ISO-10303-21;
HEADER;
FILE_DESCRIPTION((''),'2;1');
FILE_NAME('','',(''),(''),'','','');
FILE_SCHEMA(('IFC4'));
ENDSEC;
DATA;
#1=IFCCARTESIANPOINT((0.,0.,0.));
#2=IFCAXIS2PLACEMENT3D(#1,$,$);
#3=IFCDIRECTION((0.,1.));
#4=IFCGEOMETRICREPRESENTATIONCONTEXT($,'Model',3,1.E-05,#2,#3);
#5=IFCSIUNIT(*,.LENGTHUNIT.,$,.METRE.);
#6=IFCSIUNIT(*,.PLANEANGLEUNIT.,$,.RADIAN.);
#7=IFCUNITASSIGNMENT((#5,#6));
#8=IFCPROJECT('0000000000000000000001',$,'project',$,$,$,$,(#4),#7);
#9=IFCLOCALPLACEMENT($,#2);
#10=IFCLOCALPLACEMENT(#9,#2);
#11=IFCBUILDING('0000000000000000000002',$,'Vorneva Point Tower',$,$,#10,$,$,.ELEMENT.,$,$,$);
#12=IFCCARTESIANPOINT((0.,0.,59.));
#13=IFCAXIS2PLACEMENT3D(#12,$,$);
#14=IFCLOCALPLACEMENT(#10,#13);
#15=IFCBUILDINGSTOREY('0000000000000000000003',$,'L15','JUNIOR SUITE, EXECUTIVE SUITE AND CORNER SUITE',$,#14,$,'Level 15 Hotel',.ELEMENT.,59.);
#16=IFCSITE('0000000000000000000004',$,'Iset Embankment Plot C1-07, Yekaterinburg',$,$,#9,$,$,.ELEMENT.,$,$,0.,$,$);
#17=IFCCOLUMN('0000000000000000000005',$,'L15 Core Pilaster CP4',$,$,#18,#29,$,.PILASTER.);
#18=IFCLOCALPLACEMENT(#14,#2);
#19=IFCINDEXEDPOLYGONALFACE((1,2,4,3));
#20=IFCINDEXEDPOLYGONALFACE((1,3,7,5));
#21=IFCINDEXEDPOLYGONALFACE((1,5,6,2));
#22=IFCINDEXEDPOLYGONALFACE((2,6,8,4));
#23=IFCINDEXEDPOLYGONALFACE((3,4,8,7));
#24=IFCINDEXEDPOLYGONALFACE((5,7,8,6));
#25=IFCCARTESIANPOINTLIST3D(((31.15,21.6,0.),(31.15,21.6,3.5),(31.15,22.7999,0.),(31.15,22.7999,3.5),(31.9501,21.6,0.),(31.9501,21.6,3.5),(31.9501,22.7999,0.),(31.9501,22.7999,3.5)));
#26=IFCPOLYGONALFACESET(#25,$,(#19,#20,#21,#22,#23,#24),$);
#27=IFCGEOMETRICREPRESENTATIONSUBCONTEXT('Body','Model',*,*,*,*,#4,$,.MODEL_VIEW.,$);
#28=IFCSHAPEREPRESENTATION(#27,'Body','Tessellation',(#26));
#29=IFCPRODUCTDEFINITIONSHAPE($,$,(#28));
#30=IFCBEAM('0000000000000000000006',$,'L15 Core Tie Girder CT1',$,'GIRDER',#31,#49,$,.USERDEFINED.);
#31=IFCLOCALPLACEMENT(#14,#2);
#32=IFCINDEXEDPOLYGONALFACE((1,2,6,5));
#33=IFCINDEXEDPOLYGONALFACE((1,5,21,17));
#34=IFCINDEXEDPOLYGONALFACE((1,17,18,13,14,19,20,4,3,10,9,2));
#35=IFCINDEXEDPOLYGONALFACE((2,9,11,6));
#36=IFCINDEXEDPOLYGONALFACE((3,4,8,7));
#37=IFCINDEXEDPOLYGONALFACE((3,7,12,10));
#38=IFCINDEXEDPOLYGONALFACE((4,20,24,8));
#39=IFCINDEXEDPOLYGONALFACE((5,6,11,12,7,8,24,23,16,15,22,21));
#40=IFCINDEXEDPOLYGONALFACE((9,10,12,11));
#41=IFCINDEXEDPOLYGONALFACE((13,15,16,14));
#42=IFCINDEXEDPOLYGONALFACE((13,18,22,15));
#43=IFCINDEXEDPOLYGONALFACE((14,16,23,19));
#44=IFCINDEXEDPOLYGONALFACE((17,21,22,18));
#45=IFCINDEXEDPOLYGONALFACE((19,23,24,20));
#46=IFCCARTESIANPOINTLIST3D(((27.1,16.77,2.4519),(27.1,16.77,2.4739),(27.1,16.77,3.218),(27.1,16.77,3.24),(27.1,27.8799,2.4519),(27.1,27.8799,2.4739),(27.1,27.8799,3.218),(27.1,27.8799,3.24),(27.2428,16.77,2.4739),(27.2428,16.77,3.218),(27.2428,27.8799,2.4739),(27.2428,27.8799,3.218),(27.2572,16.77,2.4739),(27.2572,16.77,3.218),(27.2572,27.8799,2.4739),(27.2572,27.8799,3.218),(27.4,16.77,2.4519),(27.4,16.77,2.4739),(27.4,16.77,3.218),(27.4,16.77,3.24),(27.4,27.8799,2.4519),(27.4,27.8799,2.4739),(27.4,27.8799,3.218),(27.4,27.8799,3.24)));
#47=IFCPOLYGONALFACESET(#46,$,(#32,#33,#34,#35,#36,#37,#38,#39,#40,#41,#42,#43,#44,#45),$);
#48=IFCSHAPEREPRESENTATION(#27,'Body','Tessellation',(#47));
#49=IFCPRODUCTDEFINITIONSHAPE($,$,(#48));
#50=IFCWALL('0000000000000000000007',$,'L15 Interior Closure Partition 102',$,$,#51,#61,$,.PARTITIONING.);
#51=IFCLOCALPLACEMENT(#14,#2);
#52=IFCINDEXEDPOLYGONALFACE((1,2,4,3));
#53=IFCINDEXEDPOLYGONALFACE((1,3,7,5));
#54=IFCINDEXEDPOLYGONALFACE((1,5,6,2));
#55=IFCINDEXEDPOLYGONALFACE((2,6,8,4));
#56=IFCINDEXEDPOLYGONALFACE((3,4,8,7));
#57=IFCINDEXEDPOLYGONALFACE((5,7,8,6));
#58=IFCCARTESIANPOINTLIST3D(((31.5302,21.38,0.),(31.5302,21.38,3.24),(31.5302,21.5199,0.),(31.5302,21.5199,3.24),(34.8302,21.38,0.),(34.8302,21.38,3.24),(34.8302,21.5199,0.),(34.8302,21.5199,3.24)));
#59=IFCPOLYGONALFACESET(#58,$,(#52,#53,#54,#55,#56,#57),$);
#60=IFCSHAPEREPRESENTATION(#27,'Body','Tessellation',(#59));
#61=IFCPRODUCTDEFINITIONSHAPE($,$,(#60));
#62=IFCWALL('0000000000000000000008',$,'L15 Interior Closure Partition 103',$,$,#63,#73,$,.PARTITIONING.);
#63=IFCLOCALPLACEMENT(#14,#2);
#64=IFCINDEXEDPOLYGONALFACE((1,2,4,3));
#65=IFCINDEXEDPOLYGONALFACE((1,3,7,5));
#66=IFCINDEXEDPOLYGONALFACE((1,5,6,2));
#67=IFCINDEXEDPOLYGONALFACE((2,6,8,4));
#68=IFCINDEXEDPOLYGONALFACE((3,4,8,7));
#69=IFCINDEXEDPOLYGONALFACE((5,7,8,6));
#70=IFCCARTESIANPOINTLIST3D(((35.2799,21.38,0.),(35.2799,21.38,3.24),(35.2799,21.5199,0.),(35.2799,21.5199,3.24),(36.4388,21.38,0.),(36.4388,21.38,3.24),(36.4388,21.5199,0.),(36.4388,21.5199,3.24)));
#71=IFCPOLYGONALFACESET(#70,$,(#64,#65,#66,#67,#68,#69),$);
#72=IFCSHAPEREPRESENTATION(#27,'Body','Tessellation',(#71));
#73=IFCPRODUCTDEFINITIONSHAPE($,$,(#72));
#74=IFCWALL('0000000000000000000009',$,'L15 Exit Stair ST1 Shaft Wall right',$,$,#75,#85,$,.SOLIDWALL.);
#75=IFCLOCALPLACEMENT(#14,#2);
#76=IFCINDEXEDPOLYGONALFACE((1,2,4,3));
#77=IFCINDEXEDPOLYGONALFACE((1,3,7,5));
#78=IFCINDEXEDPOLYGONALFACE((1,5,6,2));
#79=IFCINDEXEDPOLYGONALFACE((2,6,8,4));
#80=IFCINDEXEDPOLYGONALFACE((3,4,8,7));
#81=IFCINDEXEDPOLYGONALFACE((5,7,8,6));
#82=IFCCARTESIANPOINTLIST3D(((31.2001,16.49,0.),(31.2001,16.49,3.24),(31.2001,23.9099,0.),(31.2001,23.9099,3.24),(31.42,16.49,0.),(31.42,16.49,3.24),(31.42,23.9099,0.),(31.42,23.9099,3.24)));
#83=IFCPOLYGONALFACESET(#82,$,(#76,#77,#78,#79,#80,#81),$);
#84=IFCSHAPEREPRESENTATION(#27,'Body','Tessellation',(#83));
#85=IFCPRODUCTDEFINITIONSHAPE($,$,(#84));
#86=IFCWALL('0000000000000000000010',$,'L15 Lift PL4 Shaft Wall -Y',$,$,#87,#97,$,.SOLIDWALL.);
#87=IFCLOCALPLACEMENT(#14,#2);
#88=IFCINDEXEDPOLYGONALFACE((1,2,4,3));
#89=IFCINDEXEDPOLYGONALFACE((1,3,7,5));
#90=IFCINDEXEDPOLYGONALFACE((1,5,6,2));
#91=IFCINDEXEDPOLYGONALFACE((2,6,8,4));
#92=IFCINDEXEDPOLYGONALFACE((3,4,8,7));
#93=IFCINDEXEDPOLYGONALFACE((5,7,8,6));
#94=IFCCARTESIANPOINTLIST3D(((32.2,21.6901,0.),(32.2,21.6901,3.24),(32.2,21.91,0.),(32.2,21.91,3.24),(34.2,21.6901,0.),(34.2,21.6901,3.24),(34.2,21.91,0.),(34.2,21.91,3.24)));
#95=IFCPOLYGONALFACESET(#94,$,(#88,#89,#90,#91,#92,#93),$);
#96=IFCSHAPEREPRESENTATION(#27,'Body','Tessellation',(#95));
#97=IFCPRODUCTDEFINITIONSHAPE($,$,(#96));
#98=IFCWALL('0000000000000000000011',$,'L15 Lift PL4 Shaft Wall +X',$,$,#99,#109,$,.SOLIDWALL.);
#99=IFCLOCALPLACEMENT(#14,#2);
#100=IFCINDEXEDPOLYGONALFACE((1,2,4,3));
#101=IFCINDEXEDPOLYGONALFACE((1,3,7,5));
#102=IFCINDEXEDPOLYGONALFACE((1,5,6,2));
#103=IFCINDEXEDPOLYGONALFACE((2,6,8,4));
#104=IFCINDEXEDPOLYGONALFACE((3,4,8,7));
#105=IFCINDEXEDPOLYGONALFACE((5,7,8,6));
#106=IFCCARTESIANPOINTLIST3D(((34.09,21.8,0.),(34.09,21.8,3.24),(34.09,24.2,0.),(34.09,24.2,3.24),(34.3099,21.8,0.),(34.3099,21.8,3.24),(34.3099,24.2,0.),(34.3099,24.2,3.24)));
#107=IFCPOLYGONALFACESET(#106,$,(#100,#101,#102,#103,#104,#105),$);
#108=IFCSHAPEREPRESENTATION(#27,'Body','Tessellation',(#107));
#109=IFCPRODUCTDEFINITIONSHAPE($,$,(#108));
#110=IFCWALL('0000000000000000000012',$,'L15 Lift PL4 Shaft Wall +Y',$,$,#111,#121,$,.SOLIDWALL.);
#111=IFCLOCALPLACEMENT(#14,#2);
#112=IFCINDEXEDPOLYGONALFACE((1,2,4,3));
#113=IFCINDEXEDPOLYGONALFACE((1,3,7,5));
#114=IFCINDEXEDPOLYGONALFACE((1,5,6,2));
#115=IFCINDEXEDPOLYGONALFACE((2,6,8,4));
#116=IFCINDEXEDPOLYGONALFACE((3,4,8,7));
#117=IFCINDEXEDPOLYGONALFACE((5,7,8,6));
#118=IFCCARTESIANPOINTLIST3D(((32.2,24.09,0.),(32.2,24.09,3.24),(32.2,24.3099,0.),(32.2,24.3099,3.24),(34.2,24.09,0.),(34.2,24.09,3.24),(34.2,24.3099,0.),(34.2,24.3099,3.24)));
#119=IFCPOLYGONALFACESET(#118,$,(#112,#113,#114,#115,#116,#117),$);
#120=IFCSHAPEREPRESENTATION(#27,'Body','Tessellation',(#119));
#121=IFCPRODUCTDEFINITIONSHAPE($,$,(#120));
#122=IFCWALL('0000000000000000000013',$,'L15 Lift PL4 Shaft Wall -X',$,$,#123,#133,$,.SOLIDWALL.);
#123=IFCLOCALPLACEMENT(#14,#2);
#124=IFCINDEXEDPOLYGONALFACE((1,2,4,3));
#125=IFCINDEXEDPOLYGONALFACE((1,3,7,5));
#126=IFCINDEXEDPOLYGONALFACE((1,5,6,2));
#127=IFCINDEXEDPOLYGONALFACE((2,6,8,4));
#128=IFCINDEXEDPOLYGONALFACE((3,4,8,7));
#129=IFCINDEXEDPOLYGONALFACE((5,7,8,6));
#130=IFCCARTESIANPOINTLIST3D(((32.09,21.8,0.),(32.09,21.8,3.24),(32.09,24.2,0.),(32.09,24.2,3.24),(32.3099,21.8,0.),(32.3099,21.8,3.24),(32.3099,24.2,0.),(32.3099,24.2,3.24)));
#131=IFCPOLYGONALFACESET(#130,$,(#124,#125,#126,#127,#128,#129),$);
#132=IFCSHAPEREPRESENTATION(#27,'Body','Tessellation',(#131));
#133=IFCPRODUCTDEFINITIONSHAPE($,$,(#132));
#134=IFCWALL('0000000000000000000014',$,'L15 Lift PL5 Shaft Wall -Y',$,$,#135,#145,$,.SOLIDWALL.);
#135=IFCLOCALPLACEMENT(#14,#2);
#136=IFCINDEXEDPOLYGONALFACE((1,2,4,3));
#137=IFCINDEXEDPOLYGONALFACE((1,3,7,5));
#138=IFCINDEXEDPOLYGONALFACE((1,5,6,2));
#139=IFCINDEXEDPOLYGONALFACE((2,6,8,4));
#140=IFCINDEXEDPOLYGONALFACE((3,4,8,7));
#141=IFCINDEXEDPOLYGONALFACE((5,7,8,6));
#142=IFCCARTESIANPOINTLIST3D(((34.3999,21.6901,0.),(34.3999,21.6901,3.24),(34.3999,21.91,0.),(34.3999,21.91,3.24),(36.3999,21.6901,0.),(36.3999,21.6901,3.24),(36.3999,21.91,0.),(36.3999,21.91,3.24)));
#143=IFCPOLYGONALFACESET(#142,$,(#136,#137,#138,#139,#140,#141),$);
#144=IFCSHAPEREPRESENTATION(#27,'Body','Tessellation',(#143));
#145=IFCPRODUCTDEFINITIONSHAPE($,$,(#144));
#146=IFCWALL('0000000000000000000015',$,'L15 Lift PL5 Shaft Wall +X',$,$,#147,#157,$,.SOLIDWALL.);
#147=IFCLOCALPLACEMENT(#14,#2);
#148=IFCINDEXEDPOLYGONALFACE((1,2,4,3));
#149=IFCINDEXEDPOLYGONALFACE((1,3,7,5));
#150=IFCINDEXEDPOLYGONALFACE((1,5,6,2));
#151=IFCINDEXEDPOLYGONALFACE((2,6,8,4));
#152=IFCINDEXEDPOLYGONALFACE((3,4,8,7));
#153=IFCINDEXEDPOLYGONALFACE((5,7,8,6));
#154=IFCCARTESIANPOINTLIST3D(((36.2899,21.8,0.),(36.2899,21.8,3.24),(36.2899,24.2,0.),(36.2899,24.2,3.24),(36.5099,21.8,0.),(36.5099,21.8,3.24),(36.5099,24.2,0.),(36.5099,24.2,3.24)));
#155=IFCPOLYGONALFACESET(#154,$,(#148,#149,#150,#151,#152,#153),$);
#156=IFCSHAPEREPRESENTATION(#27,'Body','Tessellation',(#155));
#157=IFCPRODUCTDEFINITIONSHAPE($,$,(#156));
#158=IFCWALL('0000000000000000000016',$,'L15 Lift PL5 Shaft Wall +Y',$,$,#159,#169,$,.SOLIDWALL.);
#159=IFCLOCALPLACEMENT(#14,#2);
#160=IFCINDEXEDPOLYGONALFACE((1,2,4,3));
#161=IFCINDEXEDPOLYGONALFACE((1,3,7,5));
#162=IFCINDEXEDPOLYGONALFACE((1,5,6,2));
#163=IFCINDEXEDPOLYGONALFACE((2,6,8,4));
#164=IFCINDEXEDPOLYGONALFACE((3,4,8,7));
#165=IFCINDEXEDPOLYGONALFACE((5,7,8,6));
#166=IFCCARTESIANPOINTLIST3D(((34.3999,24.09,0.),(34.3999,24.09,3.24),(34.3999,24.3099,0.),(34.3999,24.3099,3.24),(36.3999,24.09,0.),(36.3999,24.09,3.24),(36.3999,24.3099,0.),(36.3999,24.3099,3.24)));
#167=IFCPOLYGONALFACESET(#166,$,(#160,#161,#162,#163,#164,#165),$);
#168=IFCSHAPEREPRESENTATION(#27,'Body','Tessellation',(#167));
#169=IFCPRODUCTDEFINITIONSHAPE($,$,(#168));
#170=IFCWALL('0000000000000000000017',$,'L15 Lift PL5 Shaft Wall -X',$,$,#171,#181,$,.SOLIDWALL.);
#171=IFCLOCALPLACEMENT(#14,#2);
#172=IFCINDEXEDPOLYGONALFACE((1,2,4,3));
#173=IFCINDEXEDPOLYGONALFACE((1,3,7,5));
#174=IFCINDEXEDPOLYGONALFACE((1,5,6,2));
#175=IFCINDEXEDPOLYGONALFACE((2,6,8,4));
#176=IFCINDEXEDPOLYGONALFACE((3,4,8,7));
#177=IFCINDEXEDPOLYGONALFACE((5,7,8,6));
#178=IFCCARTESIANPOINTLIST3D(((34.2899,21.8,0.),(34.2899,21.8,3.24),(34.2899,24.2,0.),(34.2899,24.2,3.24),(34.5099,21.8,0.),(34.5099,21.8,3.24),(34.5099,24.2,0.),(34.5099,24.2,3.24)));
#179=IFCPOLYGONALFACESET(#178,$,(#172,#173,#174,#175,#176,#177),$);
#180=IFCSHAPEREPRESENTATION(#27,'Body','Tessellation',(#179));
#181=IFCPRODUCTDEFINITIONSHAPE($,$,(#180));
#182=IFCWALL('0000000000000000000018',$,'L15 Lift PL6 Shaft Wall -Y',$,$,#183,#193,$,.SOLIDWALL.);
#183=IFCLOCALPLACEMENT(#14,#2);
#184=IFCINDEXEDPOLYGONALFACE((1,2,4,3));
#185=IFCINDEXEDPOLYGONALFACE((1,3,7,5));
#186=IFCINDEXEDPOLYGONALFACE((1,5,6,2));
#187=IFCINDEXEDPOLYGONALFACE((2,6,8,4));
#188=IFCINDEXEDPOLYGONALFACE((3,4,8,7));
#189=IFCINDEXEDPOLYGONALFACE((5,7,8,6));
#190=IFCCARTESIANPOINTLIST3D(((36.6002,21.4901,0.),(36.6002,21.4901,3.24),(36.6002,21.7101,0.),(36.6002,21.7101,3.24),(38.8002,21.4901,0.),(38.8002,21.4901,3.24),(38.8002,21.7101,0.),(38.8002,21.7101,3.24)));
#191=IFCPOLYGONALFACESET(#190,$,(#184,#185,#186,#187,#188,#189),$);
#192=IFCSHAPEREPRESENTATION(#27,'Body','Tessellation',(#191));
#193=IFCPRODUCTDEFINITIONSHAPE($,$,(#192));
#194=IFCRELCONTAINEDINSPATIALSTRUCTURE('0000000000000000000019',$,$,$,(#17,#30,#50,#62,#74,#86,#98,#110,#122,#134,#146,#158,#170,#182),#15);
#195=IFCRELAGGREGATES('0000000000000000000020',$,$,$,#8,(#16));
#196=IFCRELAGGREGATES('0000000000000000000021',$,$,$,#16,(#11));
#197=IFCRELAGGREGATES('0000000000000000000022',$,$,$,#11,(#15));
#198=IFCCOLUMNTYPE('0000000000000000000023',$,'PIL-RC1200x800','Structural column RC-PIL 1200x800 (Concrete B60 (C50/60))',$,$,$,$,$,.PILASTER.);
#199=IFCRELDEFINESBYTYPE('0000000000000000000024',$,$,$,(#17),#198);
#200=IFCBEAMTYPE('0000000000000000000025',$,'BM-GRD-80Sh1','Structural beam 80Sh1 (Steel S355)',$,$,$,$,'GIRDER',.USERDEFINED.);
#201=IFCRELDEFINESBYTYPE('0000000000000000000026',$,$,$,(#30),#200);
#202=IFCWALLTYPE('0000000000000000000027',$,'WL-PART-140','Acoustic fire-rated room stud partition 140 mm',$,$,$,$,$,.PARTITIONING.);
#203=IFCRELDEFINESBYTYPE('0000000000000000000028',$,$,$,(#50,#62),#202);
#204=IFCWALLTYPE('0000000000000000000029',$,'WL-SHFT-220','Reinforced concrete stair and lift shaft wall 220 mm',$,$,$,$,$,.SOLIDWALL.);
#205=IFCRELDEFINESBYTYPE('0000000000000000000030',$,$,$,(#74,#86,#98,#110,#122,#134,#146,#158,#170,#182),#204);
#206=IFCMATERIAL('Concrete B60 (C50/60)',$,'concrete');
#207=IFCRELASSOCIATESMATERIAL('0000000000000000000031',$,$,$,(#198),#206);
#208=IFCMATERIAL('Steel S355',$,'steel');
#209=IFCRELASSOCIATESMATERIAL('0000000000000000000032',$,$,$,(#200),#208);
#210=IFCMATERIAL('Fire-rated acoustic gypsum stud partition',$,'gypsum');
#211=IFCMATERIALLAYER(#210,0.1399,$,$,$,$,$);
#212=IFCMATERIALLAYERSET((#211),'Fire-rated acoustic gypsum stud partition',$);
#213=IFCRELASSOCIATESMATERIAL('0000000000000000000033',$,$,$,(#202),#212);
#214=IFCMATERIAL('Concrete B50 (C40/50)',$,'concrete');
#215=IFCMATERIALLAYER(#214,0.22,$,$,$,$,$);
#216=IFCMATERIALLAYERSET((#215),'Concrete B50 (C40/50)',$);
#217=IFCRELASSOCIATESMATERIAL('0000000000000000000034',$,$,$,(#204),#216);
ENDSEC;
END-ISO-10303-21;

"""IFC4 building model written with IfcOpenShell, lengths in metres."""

from ifc_helpers import new_model, si_unit, direction, frame, frame_2d, origin, origin_2d, place, context, subcontext, project, spatial, rectangle, i_section, extrude, material, layer, layer_set, material_profile, profile_set, type_object, element, save


model = new_model("IFC4")

# Units and contexts
model_context = context("Model", 3, precision=1e-05, world=origin(), true_north=direction((0.0, 1.0)))
body_context = subcontext(model_context, "Body", "Model", "MODEL_VIEW")
ifc_project = project(units=[si_unit("LENGTHUNIT", "METRE"), si_unit("PLANEANGLEUNIT", "RADIAN")], contexts=[model_context])

# Site, building, storey
site_placement = place(None, origin())
site = spatial("IfcSite", under=ifc_project, at=site_placement, Name="Iset Embankment Plot C1-07, Yekaterinburg", CompositionType="ELEMENT", RefElevation=0.0)
building_placement = place(site_placement, origin())
building = spatial("IfcBuilding", under=site, at=building_placement, Name="Vorneva Point Tower", CompositionType="ELEMENT")
storey_placement = place(building_placement, frame((0.0, 0.0, 59.0)))
storey = spatial("IfcBuildingStorey", under=building, at=storey_placement, Name="L15", Description="JUNIOR SUITE, EXECUTIVE SUITE AND CORNER SUITE", LongName="Level 15 Hotel", CompositionType="ELEMENT", Elevation=59.0)

# Column
ifc_material_1 = material(Name="Concrete B60 (C50/60)", Category="concrete")
ifc_material_profile_1 = material_profile(ifc_material_1, rectangle(XDim=0.8, YDim=1.2, at=origin_2d()), Name="RC-PIL 1200x800")
ifc_profile_set_1 = profile_set([ifc_material_profile_1], Name="Concrete B60 (C50/60)")
column_type = type_object("IfcColumnType", Name="PIL-RC1200x800", Description="Structural column RC-PIL 1200x800 (Concrete B60 (C50/60))", PredefinedType="PILASTER", material=ifc_profile_set_1)
column_placement = place(storey_placement, frame((31.55, 22.2, 0.0), z_axis=(0.0, 0.0, 1.0), x_axis=(1.0, 0.0, 0.0)))
element("IfcColumn", 1, at=column_placement, inside=storey, type_object=column_type, Name="L15 Core Pilaster CP4", PredefinedType="PILASTER", context=body_context, shape_type="SweptSolid", body=[
    extrude(rectangle(XDim=0.8, YDim=1.2, at=origin_2d()), origin(), (0.0, 0.0, 1.0), 3.5),
])

# Beam
ifc_material_2 = material(Name="Steel S355", Category="steel")
ifc_material_profile_2 = material_profile(ifc_material_2, i_section(OverallWidth=0.3, OverallDepth=0.7881, WebThickness=0.0144, FlangeThickness=0.022, at=origin_2d()), Name="80Sh1")
ifc_profile_set_2 = profile_set([ifc_material_profile_2], Name="Steel S355")
beam_type = type_object("IfcBeamType", Name="BM-GRD-80Sh1", Description="Structural beam 80Sh1 (Steel S355)", ElementType="GIRDER", PredefinedType="USERDEFINED", material=ifc_profile_set_2)
beam_placement = place(storey_placement, frame((27.25, 16.77, 2.8459), z_axis=(0.0, 1.0, 0.0), x_axis=(-1.0, 0.0, 0.0)))
element("IfcBeam", 2, at=beam_placement, inside=storey, type_object=beam_type, Name="L15 Core Tie Girder CT1", ObjectType="GIRDER", PredefinedType="USERDEFINED", context=body_context, shape_type="SweptSolid", body=[
    extrude(i_section(OverallWidth=0.3, OverallDepth=0.7881, WebThickness=0.0144, FlangeThickness=0.022, at=origin_2d()), origin(), (0.0, 0.0, 1.0), 11.1099),
])

# Walls
ifc_material_3 = material(Name="Fire-rated acoustic gypsum stud partition", Category="gypsum")
ifc_layer_1 = layer(ifc_material_3, 0.1399)
ifc_layer_set_1 = layer_set([ifc_layer_1], Name="Fire-rated acoustic gypsum stud partition")
wall_type_1 = type_object("IfcWallType", Name="WL-PART-140", Description="Acoustic fire-rated room stud partition 140 mm", PredefinedType="PARTITIONING", material=ifc_layer_set_1)
wall_1_placement = place(storey_placement, frame((34.8301, 21.45, 0.0), z_axis=(0.0, 0.0, 1.0), x_axis=(-1.0, 0.0, 0.0)))
element("IfcWall", 3, at=wall_1_placement, inside=storey, type_object=wall_type_1, Name="L15 Interior Closure Partition 102", PredefinedType="PARTITIONING", context=body_context, shape_type="SweptSolid", body=[
    extrude(rectangle(XDim=3.3, YDim=0.1399, at=frame_2d((1.6499, 0.0))), origin(), (0.0, 0.0, 1.0), 3.24),
])
wall_2_placement = place(storey_placement, frame((36.439, 21.45, 0.0), z_axis=(0.0, 0.0, 1.0), x_axis=(-1.0, 0.0, 0.0)))
element("IfcWall", 4, at=wall_2_placement, inside=storey, type_object=wall_type_1, Name="L15 Interior Closure Partition 103", PredefinedType="PARTITIONING", context=body_context, shape_type="SweptSolid", body=[
    extrude(rectangle(XDim=1.1589, YDim=0.1399, at=frame_2d((0.5796, 0.0))), origin(), (0.0, 0.0, 1.0), 3.24),
])

# Shared definitions
ifc_material_4 = material(Name="Concrete B50 (C40/50)", Category="concrete")
ifc_layer_2 = layer(ifc_material_4, 0.22)
ifc_layer_set_2 = layer_set([ifc_layer_2], Name="Concrete B50 (C40/50)")
wall_type_2 = type_object("IfcWallType", Name="WL-SHFT-220", Description="Reinforced concrete stair and lift shaft wall 220 mm", PredefinedType="SOLIDWALL", material=ifc_layer_set_2)

# Walls
wall_3_placement = place(storey_placement, frame((31.3101, 23.9099, 0.0), z_axis=(0.0, 0.0, 1.0), x_axis=(0.0, -1.0, 0.0)))
element("IfcWall", 5, at=wall_3_placement, inside=storey, type_object=wall_type_2, Name="L15 Exit Stair ST1 Shaft Wall right", PredefinedType="SOLIDWALL", context=body_context, shape_type="SweptSolid", body=[
    extrude(rectangle(XDim=7.4199, YDim=0.22, at=frame_2d((3.71, 0.0))), origin(), (0.0, 0.0, 1.0), 3.24),
])
wall_4_placement = place(storey_placement, frame((32.2, 21.8, 0.0), z_axis=(0.0, 0.0, 1.0), x_axis=(1.0, 0.0, 0.0)))
element("IfcWall", 6, at=wall_4_placement, inside=storey, type_object=wall_type_2, Name="L15 Lift PL4 Shaft Wall -Y", PredefinedType="SOLIDWALL", context=body_context, shape_type="SweptSolid", body=[
    extrude(rectangle(XDim=2.0, YDim=0.22, at=frame_2d((1.0, 0.0))), origin(), (0.0, 0.0, 1.0), 3.24),
])
wall_5_placement = place(storey_placement, frame((34.2, 21.8, 0.0), z_axis=(0.0, 0.0, 1.0), x_axis=(0.0, 1.0, 0.0)))
element("IfcWall", 7, at=wall_5_placement, inside=storey, type_object=wall_type_2, Name="L15 Lift PL4 Shaft Wall +X", PredefinedType="SOLIDWALL", context=body_context, shape_type="SweptSolid", body=[
    extrude(rectangle(XDim=2.3999, YDim=0.22, at=frame_2d((1.2, 0.0))), origin(), (0.0, 0.0, 1.0), 3.24),
])
wall_6_placement = place(storey_placement, frame((34.2, 24.2, 0.0), z_axis=(0.0, 0.0, 1.0), x_axis=(-1.0, 0.0, 0.0)))
element("IfcWall", 8, at=wall_6_placement, inside=storey, type_object=wall_type_2, Name="L15 Lift PL4 Shaft Wall +Y", PredefinedType="SOLIDWALL", context=body_context, shape_type="SweptSolid", body=[
    extrude(rectangle(XDim=2.0, YDim=0.22, at=frame_2d((1.0, 0.0))), origin(), (0.0, 0.0, 1.0), 3.24),
])
wall_7_placement = place(storey_placement, frame((32.2, 24.2, 0.0), z_axis=(0.0, 0.0, 1.0), x_axis=(0.0, -1.0, 0.0)))
element("IfcWall", 9, at=wall_7_placement, inside=storey, type_object=wall_type_2, Name="L15 Lift PL4 Shaft Wall -X", PredefinedType="SOLIDWALL", context=body_context, shape_type="SweptSolid", body=[
    extrude(rectangle(XDim=2.3999, YDim=0.22, at=frame_2d((1.2, 0.0))), origin(), (0.0, 0.0, 1.0), 3.24),
])
wall_8_placement = place(storey_placement, frame((34.3999, 21.8, 0.0), z_axis=(0.0, 0.0, 1.0), x_axis=(1.0, 0.0, 0.0)))
element("IfcWall", 10, at=wall_8_placement, inside=storey, type_object=wall_type_2, Name="L15 Lift PL5 Shaft Wall -Y", PredefinedType="SOLIDWALL", context=body_context, shape_type="SweptSolid", body=[
    extrude(rectangle(XDim=2.0, YDim=0.22, at=frame_2d((1.0, 0.0))), origin(), (0.0, 0.0, 1.0), 3.24),
])
wall_9_placement = place(storey_placement, frame((36.3999, 21.8, 0.0), z_axis=(0.0, 0.0, 1.0), x_axis=(0.0, 1.0, 0.0)))
element("IfcWall", 11, at=wall_9_placement, inside=storey, type_object=wall_type_2, Name="L15 Lift PL5 Shaft Wall +X", PredefinedType="SOLIDWALL", context=body_context, shape_type="SweptSolid", body=[
    extrude(rectangle(XDim=2.3999, YDim=0.22, at=frame_2d((1.2, 0.0))), origin(), (0.0, 0.0, 1.0), 3.24),
])
wall_10_placement = place(storey_placement, frame((36.3999, 24.2, 0.0), z_axis=(0.0, 0.0, 1.0), x_axis=(-1.0, 0.0, 0.0)))
element("IfcWall", 12, at=wall_10_placement, inside=storey, type_object=wall_type_2, Name="L15 Lift PL5 Shaft Wall +Y", PredefinedType="SOLIDWALL", context=body_context, shape_type="SweptSolid", body=[
    extrude(rectangle(XDim=2.0, YDim=0.22, at=frame_2d((1.0, 0.0))), origin(), (0.0, 0.0, 1.0), 3.24),
])
wall_11_placement = place(storey_placement, frame((34.3999, 24.2, 0.0), z_axis=(0.0, 0.0, 1.0), x_axis=(0.0, -1.0, 0.0)))
element("IfcWall", 13, at=wall_11_placement, inside=storey, type_object=wall_type_2, Name="L15 Lift PL5 Shaft Wall -X", PredefinedType="SOLIDWALL", context=body_context, shape_type="SweptSolid", body=[
    extrude(rectangle(XDim=2.3999, YDim=0.22, at=frame_2d((1.2, 0.0))), origin(), (0.0, 0.0, 1.0), 3.24),
])
wall_12_placement = place(storey_placement, frame((36.6001, 21.6001, 0.0), z_axis=(0.0, 0.0, 1.0), x_axis=(1.0, 0.0, 0.0)))
element("IfcWall", 14, at=wall_12_placement, inside=storey, type_object=wall_type_2, Name="L15 Lift PL6 Shaft Wall -Y", PredefinedType="SOLIDWALL", context=body_context, shape_type="SweptSolid", body=[
    extrude(rectangle(XDim=2.2, YDim=0.22, at=frame_2d((1.1001, 0.0))), origin(), (0.0, 0.0, 1.0), 3.24),
])

save(model, "model.ifc")
